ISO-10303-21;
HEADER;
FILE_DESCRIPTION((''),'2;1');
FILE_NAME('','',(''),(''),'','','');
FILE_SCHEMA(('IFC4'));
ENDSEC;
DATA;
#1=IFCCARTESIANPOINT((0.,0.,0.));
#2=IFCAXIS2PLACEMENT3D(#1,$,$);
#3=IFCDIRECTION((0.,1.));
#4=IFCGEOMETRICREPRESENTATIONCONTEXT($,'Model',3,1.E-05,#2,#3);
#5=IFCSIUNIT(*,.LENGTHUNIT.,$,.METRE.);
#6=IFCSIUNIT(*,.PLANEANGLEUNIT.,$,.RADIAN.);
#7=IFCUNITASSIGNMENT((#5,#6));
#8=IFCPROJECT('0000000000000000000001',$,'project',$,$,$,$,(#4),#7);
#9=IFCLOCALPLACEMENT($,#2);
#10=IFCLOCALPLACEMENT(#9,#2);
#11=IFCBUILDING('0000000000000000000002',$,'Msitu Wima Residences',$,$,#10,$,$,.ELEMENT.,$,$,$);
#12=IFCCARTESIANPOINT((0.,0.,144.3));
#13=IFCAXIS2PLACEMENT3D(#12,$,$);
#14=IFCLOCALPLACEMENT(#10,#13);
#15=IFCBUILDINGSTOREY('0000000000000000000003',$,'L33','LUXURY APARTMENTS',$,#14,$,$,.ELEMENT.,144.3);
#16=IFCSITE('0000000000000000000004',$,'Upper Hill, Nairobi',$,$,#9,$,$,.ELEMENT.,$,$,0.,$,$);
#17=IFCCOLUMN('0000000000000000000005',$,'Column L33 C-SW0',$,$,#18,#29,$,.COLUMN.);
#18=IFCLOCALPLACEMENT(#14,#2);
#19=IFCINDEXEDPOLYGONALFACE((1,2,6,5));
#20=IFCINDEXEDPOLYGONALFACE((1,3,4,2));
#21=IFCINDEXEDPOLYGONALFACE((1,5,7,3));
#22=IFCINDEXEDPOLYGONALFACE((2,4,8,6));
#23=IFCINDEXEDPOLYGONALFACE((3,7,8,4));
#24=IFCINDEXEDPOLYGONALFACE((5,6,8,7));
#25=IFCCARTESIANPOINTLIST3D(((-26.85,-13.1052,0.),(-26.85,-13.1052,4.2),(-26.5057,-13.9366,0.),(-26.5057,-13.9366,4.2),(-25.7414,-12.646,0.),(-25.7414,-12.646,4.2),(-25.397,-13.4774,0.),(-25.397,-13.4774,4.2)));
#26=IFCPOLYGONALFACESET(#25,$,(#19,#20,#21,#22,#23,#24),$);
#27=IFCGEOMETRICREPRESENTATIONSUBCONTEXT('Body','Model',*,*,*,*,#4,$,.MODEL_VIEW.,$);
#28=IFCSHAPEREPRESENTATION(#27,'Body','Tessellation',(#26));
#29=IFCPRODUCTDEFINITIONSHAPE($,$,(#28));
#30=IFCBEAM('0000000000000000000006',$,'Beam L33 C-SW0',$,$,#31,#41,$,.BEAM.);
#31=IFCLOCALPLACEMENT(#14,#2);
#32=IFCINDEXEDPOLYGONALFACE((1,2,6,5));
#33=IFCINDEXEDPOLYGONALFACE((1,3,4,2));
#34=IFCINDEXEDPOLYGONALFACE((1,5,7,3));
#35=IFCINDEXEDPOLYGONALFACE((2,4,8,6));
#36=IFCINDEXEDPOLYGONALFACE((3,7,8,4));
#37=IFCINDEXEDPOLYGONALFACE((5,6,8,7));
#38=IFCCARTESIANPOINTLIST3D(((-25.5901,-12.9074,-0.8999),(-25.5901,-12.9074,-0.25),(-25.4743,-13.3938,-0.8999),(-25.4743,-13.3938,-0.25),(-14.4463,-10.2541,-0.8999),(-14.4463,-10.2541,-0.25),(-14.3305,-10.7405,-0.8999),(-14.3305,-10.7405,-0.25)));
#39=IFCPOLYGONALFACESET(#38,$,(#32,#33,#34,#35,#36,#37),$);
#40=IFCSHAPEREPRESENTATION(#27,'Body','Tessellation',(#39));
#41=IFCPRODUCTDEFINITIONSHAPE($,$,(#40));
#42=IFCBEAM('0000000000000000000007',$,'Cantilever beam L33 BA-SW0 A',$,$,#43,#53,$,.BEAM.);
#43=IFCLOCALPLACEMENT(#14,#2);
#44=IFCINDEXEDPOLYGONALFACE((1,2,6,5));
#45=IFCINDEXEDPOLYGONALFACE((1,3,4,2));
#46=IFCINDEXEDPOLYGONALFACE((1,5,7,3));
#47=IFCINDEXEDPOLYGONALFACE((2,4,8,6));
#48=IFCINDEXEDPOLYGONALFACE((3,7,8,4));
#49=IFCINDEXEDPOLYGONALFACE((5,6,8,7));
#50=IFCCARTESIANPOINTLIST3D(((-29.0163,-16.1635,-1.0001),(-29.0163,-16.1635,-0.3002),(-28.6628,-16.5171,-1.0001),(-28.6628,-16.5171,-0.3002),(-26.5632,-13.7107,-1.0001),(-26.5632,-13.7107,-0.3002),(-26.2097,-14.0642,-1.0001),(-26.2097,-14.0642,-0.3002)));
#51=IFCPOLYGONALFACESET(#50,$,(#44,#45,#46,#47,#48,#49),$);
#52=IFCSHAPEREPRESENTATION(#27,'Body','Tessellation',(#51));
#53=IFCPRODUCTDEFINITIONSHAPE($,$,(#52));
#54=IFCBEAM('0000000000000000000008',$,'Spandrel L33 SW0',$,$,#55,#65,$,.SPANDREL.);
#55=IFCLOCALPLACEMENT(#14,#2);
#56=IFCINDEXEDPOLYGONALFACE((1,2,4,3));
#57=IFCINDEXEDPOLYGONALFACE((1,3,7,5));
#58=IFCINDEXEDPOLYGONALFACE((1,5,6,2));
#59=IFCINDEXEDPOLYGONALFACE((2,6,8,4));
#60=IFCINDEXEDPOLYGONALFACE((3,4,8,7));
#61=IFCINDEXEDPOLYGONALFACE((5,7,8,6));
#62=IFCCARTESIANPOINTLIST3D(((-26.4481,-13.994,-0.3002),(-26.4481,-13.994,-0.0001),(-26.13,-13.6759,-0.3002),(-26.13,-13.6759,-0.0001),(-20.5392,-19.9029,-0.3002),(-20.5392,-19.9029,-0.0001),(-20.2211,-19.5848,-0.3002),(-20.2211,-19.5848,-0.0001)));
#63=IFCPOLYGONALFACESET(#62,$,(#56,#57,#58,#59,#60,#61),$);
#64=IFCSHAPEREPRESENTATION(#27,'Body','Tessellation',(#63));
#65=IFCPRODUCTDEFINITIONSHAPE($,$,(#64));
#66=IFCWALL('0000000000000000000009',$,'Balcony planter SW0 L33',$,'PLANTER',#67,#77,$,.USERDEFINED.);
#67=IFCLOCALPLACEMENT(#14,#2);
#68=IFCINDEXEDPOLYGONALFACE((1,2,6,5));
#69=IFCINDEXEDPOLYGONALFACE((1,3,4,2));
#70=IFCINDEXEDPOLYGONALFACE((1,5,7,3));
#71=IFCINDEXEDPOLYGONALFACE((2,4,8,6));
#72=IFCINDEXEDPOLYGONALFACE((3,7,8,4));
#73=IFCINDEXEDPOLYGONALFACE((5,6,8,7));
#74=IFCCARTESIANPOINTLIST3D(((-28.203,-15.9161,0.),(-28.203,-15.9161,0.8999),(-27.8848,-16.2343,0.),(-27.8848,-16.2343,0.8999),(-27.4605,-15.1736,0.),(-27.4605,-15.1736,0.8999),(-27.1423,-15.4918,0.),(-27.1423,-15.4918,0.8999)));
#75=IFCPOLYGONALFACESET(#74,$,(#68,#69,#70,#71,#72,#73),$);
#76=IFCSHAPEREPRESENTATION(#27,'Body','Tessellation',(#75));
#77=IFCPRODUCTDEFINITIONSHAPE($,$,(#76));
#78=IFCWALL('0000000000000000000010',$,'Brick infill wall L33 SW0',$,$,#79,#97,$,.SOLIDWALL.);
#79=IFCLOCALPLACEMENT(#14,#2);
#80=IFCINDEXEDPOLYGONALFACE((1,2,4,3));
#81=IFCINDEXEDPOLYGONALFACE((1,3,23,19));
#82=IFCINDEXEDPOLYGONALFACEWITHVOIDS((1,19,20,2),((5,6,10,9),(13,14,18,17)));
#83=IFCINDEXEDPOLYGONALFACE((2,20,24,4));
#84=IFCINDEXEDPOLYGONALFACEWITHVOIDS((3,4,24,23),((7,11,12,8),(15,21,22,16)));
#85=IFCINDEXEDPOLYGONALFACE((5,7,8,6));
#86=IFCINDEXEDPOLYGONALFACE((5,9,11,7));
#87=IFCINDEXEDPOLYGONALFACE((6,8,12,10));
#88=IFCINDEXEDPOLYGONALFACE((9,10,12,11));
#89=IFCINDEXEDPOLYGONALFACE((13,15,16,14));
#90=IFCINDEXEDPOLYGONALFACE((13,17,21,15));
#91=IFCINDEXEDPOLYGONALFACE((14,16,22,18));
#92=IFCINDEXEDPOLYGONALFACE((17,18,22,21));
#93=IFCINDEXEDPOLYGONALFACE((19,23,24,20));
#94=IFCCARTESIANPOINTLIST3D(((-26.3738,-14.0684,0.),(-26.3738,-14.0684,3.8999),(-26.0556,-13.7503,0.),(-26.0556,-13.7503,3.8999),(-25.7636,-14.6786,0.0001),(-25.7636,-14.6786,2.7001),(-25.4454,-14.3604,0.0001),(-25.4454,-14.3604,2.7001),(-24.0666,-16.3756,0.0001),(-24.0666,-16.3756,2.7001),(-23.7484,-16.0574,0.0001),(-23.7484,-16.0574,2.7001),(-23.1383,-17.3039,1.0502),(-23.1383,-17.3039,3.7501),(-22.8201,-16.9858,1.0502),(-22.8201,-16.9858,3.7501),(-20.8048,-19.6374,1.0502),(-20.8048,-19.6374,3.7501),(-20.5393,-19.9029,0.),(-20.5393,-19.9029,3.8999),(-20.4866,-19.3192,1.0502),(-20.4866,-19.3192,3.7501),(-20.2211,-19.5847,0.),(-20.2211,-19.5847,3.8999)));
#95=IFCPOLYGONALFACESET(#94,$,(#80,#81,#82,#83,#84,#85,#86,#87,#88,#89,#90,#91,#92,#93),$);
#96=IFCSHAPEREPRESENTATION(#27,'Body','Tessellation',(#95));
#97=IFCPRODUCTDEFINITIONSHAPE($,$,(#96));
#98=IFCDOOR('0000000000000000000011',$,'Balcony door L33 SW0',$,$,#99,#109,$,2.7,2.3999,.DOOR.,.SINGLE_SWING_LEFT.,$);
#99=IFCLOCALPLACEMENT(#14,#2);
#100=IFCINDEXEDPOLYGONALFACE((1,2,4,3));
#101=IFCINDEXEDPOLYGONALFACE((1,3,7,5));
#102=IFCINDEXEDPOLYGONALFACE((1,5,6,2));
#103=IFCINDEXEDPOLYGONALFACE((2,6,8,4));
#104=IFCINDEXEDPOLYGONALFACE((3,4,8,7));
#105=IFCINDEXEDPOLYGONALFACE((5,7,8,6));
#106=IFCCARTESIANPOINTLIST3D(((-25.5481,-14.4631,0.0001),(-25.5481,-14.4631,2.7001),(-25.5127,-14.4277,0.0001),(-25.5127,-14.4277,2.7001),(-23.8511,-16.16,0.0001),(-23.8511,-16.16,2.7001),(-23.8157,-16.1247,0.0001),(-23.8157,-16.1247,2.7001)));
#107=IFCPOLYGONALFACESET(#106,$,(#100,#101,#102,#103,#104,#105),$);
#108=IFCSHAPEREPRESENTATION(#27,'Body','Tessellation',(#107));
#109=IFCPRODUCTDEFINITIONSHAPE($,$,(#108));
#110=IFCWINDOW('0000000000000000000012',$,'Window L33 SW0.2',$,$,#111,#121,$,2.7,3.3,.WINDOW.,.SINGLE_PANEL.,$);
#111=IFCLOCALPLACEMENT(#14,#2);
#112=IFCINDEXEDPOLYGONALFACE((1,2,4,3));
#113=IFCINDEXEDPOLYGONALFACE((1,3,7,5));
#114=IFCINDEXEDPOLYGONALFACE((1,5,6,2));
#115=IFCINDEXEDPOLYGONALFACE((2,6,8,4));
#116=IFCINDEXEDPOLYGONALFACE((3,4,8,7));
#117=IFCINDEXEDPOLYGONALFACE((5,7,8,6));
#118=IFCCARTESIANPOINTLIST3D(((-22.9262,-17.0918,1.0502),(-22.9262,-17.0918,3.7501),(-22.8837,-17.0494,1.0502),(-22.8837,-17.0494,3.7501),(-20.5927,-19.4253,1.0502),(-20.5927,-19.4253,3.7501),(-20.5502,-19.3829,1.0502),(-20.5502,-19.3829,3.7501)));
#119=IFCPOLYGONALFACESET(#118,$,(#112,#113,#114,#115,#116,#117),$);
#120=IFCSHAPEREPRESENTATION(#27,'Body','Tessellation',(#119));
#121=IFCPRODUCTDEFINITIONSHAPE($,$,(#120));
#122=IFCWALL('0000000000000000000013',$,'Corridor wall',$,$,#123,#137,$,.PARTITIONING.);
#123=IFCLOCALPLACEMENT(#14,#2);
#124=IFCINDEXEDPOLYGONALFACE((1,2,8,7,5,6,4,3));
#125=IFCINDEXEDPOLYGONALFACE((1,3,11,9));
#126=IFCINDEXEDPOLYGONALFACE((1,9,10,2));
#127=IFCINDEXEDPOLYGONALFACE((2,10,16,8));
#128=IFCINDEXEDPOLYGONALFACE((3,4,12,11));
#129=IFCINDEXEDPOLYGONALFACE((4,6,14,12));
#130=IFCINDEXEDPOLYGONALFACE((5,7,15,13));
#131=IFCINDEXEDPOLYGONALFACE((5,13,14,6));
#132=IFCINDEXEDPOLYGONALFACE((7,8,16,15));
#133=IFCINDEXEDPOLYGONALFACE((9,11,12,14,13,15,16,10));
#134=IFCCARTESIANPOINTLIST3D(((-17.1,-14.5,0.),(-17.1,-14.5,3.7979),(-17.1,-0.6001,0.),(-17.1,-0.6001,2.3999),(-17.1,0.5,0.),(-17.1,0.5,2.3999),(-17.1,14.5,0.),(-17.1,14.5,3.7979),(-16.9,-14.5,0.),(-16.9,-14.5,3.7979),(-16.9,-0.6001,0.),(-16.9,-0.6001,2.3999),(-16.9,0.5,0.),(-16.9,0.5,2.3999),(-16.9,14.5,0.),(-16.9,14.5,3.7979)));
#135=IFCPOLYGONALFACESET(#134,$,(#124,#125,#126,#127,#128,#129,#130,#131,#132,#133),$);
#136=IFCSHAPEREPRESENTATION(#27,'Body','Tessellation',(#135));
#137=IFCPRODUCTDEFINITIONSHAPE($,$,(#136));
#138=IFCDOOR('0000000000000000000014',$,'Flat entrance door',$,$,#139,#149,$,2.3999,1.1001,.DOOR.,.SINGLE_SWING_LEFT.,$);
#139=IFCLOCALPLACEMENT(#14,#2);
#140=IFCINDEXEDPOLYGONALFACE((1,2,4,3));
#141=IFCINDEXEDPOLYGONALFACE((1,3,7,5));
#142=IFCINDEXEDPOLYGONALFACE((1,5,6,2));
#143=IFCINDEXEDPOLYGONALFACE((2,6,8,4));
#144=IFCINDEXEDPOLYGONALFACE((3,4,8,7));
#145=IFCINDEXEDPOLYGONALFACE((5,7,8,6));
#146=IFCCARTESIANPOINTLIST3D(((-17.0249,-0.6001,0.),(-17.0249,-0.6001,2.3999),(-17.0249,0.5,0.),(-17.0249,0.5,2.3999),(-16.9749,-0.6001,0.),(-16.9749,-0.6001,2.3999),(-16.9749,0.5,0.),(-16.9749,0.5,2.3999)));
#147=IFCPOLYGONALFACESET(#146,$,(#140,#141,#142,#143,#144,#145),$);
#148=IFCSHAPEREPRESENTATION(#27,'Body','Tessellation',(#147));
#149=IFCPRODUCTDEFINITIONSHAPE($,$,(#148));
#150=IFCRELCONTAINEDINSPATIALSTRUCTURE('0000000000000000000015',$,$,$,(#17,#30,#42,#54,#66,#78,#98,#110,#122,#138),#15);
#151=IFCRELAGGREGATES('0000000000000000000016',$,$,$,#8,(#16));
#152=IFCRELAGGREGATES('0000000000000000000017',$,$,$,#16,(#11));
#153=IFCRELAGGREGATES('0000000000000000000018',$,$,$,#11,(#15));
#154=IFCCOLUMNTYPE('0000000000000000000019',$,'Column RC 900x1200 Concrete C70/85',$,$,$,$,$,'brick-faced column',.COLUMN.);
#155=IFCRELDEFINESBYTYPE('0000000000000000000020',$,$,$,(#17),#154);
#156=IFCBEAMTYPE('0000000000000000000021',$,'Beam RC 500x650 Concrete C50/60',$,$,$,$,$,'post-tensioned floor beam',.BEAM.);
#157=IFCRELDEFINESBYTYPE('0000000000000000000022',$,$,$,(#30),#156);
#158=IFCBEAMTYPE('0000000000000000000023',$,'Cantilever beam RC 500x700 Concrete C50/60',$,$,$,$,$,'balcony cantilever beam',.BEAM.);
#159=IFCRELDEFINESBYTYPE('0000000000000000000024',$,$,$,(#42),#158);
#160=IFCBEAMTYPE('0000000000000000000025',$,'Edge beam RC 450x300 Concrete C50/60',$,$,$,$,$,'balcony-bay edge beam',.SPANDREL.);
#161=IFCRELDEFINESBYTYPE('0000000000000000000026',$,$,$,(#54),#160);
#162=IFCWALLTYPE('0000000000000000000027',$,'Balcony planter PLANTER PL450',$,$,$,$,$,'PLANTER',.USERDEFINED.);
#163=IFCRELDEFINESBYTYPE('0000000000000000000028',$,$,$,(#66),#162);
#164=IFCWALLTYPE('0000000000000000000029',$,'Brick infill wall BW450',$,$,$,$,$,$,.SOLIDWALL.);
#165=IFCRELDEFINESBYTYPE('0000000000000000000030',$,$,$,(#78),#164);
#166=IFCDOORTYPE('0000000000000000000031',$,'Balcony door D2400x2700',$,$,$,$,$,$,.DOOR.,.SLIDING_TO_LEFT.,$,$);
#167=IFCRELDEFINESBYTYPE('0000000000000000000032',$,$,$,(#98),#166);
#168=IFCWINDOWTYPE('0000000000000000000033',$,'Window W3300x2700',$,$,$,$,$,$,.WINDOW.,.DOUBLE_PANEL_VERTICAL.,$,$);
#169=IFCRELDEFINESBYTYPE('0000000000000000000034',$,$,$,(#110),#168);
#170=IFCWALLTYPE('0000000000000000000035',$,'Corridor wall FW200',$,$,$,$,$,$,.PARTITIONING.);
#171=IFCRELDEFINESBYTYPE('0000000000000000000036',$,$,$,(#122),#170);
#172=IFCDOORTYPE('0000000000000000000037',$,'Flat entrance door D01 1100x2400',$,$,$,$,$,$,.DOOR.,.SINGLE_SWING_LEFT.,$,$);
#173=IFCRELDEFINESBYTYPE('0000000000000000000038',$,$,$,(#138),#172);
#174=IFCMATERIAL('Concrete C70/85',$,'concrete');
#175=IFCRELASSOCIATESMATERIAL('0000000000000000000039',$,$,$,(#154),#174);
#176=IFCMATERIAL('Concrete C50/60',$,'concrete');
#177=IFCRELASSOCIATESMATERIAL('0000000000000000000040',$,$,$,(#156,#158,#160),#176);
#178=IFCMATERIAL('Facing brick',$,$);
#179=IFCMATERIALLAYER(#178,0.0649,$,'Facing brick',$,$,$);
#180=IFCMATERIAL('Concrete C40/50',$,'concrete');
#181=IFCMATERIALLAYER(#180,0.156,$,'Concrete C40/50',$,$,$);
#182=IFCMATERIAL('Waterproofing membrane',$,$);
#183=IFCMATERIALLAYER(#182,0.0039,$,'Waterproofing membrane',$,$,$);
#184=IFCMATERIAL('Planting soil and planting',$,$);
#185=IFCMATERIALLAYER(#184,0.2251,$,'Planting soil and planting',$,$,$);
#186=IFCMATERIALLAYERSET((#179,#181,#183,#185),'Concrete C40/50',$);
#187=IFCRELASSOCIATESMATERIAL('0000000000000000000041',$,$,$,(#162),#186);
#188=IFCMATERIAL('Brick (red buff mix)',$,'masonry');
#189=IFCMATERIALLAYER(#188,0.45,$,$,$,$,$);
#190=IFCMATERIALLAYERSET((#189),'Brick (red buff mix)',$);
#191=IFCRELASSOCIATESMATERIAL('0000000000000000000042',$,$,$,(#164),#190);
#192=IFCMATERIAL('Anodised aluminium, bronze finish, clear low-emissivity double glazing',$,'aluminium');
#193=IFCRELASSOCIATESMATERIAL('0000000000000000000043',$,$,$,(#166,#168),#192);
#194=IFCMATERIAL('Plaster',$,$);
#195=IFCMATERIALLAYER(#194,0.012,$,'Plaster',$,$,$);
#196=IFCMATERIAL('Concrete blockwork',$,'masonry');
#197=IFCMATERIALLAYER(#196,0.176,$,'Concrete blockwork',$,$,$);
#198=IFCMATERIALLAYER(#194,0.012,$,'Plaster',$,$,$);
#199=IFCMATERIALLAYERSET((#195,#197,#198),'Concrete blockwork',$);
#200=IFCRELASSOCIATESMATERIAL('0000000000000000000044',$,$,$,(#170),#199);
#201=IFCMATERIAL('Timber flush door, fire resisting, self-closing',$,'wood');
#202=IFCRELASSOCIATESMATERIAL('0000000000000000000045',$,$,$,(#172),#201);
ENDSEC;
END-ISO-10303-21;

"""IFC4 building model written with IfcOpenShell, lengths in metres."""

from ifc_helpers import new_model, si_unit, direction, frame, frame_2d, origin, origin_2d, place, context, subcontext, project, spatial, rectangle, extrude, material, layer, layer_set, material_profile, profile_set, type_object, element, fill, save


model = new_model("IFC4")

# Units and contexts
model_context = context("Model", 3, precision=1e-05, world=origin(), true_north=direction((0.0, 1.0)))
body_context = subcontext(model_context, "Body", "Model", "MODEL_VIEW")
ifc_project = project(units=[si_unit("LENGTHUNIT", "METRE"), si_unit("PLANEANGLEUNIT", "RADIAN")], contexts=[model_context])

# Site, building, storey
site_placement = place(None, origin())
site = spatial("IfcSite", under=ifc_project, at=site_placement, Name="Upper Hill, Nairobi", CompositionType="ELEMENT", RefElevation=0.0)
building_placement = place(site_placement, origin())
building = spatial("IfcBuilding", under=site, at=building_placement, Name="Msitu Wima Residences", CompositionType="ELEMENT")
storey_placement = place(building_placement, frame((0.0, 0.0, 144.3)))
storey = spatial("IfcBuildingStorey", under=building, at=storey_placement, Name="L33", Description="LUXURY APARTMENTS", CompositionType="ELEMENT", Elevation=144.3)

# Column
ifc_material_1 = material(Name="Concrete C70/85", Category="concrete")
ifc_material_profile_1 = material_profile(ifc_material_1, rectangle(XDim=0.8999, YDim=1.2, at=origin_2d()), Name="RC 900x1200")
ifc_profile_set_1 = profile_set([ifc_material_profile_1], Name="Concrete C70/85")
column_type = type_object("IfcColumnType", Name="Column RC 900x1200 Concrete C70/85", ElementType="brick-faced column", PredefinedType="COLUMN", material=ifc_profile_set_1)
column_placement = place(storey_placement, frame((-26.1235, -13.2913, 0.0), z_axis=(0.0, 0.0, 1.0), x_axis=(0.382683, -0.92388, 0.0)))
element("IfcColumn", 1, at=column_placement, inside=storey, type_object=column_type, Name="Column L33 C-SW0", PredefinedType="COLUMN", context=body_context, shape_type="SweptSolid", body=[
    extrude(rectangle(XDim=0.8999, YDim=1.2, at=origin_2d()), origin(), (0.0, 0.0, 1.0), 4.2),
])

# Beams
ifc_material_2 = material(Name="Concrete C50/60", Category="concrete")
ifc_material_profile_2 = material_profile(ifc_material_2, rectangle(XDim=0.5, YDim=0.6499, at=origin_2d()), Name="RC 500x650")
ifc_profile_set_2 = profile_set([ifc_material_profile_2], Name="Concrete C50/60")
beam_type_1 = type_object("IfcBeamType", Name="Beam RC 500x650 Concrete C50/60", ElementType="post-tensioned floor beam", PredefinedType="BEAM", material=ifc_profile_set_2)
beam_1_placement = place(storey_placement, frame((-25.5322, -13.1506, -0.575), z_axis=(0.972806, 0.231623, 0.0), x_axis=(-0.231623, 0.972806, 0.0)))
element("IfcBeam", 2, at=beam_1_placement, inside=storey, type_object=beam_type_1, Name="Beam L33 C-SW0", PredefinedType="BEAM", context=body_context, shape_type="SweptSolid", body=[
    extrude(rectangle(XDim=0.5, YDim=0.6499, at=origin_2d()), origin(), (0.0, 0.0, 1.0), 11.4553),
])
ifc_material_profile_3 = material_profile(ifc_material_2, rectangle(XDim=0.5, YDim=0.7, at=origin_2d()), Name="RC 500x700")
ifc_profile_set_3 = profile_set([ifc_material_profile_3], Name="Concrete C50/60")
beam_type_2 = type_object("IfcBeamType", Name="Cantilever beam RC 500x700 Concrete C50/60", ElementType="balcony cantilever beam", PredefinedType="BEAM", material=ifc_profile_set_3)
beam_2_placement = place(storey_placement, frame((-26.3865, -13.8875, -0.6501), z_axis=(-0.707142, -0.707072, 0.0), x_axis=(0.707072, -0.707142, 0.0)))
element("IfcBeam", 3, at=beam_2_placement, inside=storey, type_object=beam_type_2, Name="Cantilever beam L33 BA-SW0 A", PredefinedType="BEAM", context=body_context, shape_type="SweptSolid", body=[
    extrude(rectangle(XDim=0.5, YDim=0.7, at=origin_2d()), origin(), (0.0, 0.0, 1.0), 3.469),
])
ifc_material_profile_4 = material_profile(ifc_material_2, rectangle(XDim=0.45, YDim=0.3, at=origin_2d()), Name="RC 450x300")
ifc_profile_set_4 = profile_set([ifc_material_profile_4], Name="Concrete C50/60")
beam_type_3 = type_object("IfcBeamType", Name="Edge beam RC 450x300 Concrete C50/60", ElementType="balcony-bay edge beam", PredefinedType="SPANDREL", material=ifc_profile_set_4)
beam_3_placement = place(storey_placement, frame((-26.2891, -13.835, -0.1501), z_axis=(0.707107, -0.707107, 0.0), x_axis=(0.707107, 0.707107, 0.0)))
element("IfcBeam", 4, at=beam_3_placement, inside=storey, type_object=beam_type_3, Name="Spandrel L33 SW0", PredefinedType="SPANDREL", context=body_context, shape_type="SweptSolid", body=[
    extrude(rectangle(XDim=0.45, YDim=0.3, at=origin_2d()), origin(), (0.0, 0.0, 1.0), 8.3564),
])

# Wall
ifc_material_3 = material(Name="Facing brick")
ifc_layer_1 = layer(ifc_material_3, 0.0649, Name="Facing brick")
ifc_material_4 = material(Name="Concrete C40/50", Category="concrete")
ifc_layer_2 = layer(ifc_material_4, 0.156, Name="Concrete C40/50")
ifc_material_5 = material(Name="Waterproofing membrane")
ifc_layer_3 = layer(ifc_material_5, 0.0039, Name="Waterproofing membrane")
ifc_material_6 = material(Name="Planting soil and planting")
ifc_layer_4 = layer(ifc_material_6, 0.2251, Name="Planting soil and planting")
ifc_layer_set_1 = layer_set([ifc_layer_1, ifc_layer_2, ifc_layer_3, ifc_layer_4], Name="Concrete C40/50")
wall_type_1 = type_object("IfcWallType", Name="Balcony planter PLANTER PL450", ElementType="PLANTER", PredefinedType="USERDEFINED", material=ifc_layer_set_1)
wall_1_placement = place(storey_placement, frame((-27.3015, -15.3328, 0.0), z_axis=(0.0, 0.0, 1.0), x_axis=(-0.707107, -0.707107, 0.0)))
element("IfcWall", 5, at=wall_1_placement, inside=storey, type_object=wall_type_1, Name="Balcony planter SW0 L33", ObjectType="PLANTER", PredefinedType="USERDEFINED", context=body_context, shape_type="SweptSolid", body=[
    extrude(rectangle(XDim=1.05, YDim=0.45, at=frame_2d((0.5249, 0.0))), origin(), (0.0, 0.0, 1.0), 0.8999),
])

# Wall, openings, door, window
ifc_material_7 = material(Name="Brick (red buff mix)", Category="masonry")
ifc_layer_5 = layer(ifc_material_7, 0.45)
ifc_layer_set_2 = layer_set([ifc_layer_5], Name="Brick (red buff mix)")
wall_type_2 = type_object("IfcWallType", Name="Brick infill wall BW450", PredefinedType="SOLIDWALL", material=ifc_layer_set_2)
wall_2_placement = place(storey_placement, frame((-26.2146, -13.9094, 0.0), z_axis=(0.0, 0.0, 1.0), x_axis=(0.707107, -0.707107, 0.0)))
wall_2 = element("IfcWall", 6, at=wall_2_placement, inside=storey, type_object=wall_type_2, Name="Brick infill wall L33 SW0", PredefinedType="SOLIDWALL", context=body_context, shape_type="SweptSolid", body=[
    extrude(rectangle(XDim=8.2512, YDim=0.45, at=frame_2d((4.1255, 0.0))), origin(), (0.0, 0.0, 1.0), 3.8999),
])
opening_1_placement = place(wall_2_placement, frame((0.8628, 0.0, 0.0)))
opening_1 = element("IfcOpeningElement", 7, at=opening_1_placement, cuts=wall_2, PredefinedType="OPENING", context=body_context, shape_type="SweptSolid", body=[
    extrude(rectangle(XDim=2.3999, YDim=2.7, at=frame_2d((1.2, 1.3501))), frame((0.0, 0.2349, 0.0), z_axis=(0.0, -1.0, 0.0), x_axis=(1.0, 0.0, 0.0)), (0.0, 0.0, 1.0), 0.47),
])
opening_2_placement = place(wall_2_placement, frame((4.5757, 0.0, 1.05)))
opening_2 = element("IfcOpeningElement", 8, at=opening_2_placement, cuts=wall_2, PredefinedType="OPENING", context=body_context, shape_type="SweptSolid", body=[
    extrude(rectangle(XDim=3.3, YDim=2.7, at=frame_2d((1.6499, 1.3501))), frame((0.0, 0.2349, 0.0), z_axis=(0.0, -1.0, 0.0), x_axis=(1.0, 0.0, 0.0)), (0.0, 0.0, 1.0), 0.47),
])
ifc_material_8 = material(Name="Anodised aluminium, bronze finish, clear low-emissivity double glazing", Category="aluminium")
door_type_1 = type_object("IfcDoorType", Name="Balcony door D2400x2700", OperationType="SLIDING_TO_LEFT", PredefinedType="DOOR", material=ifc_material_8)
door_1_placement = place(opening_1_placement, origin())
door_1 = element("IfcDoor", 9, at=door_1_placement, inside=storey, type_object=door_type_1, Name="Balcony door L33 SW0", OperationType="SINGLE_SWING_LEFT", OverallHeight=2.7, OverallWidth=2.3999, PredefinedType="DOOR", context=body_context, shape_type="SweptSolid", body=[
    extrude(rectangle(XDim=2.3999, YDim=2.7, at=frame_2d((1.2, 1.3501))), frame((0.0, 0.1299, 0.0), z_axis=(0.0, -1.0, 0.0), x_axis=(1.0, 0.0, 0.0)), (0.0, 0.0, 1.0), 0.05),
])
fill(opening_1, door_1)
window_type = type_object("IfcWindowType", Name="Window W3300x2700", PartitioningType="DOUBLE_PANEL_VERTICAL", PredefinedType="WINDOW", material=ifc_material_8)
window_placement = place(opening_2_placement, origin())
window = element("IfcWindow", 10, at=window_placement, inside=storey, type_object=window_type, Name="Window L33 SW0.2", OverallHeight=2.7, OverallWidth=3.3, PartitioningType="SINGLE_PANEL", PredefinedType="WINDOW", context=body_context, shape_type="SweptSolid", body=[
    extrude(rectangle(XDim=3.3, YDim=2.7, at=frame_2d((1.6499, 1.3501))), frame((0.0, 0.135, 0.0), z_axis=(0.0, -1.0, 0.0), x_axis=(1.0, 0.0, 0.0)), (0.0, 0.0, 1.0), 0.0601),
])
fill(opening_2, window)

# Wall, opening, door
ifc_material_9 = material(Name="Plaster")
ifc_layer_6 = layer(ifc_material_9, 0.012, Name="Plaster")
ifc_material_10 = material(Name="Concrete blockwork", Category="masonry")
ifc_layer_7 = layer(ifc_material_10, 0.176, Name="Concrete blockwork")
ifc_layer_8 = layer(ifc_material_9, 0.012, Name="Plaster")
ifc_layer_set_3 = layer_set([ifc_layer_6, ifc_layer_7, ifc_layer_8], Name="Concrete blockwork")
wall_type_3 = type_object("IfcWallType", Name="Corridor wall FW200", PredefinedType="PARTITIONING", material=ifc_layer_set_3)
wall_3_placement = place(storey_placement, frame((-17.0, -14.5, 0.0), z_axis=(0.0, 0.0, 1.0), x_axis=(0.0, 1.0, 0.0)))
wall_3 = element("IfcWall", 11, at=wall_3_placement, inside=storey, type_object=wall_type_3, Name="Corridor wall", PredefinedType="PARTITIONING", context=body_context, shape_type="SweptSolid", body=[
    extrude(rectangle(XDim=29.0, YDim=0.2, at=frame_2d((14.5, 0.0))), origin(), (0.0, 0.0, 1.0), 3.7979),
])
opening_3_placement = place(wall_3_placement, frame((13.8999, 0.0, 0.0)))
opening_3 = element("IfcOpeningElement", 12, at=opening_3_placement, cuts=wall_3, PredefinedType="OPENING", context=body_context, shape_type="SweptSolid", body=[
    extrude(rectangle(XDim=1.1001, YDim=2.3999, at=frame_2d((0.55, 1.2))), frame((0.0, 0.1099, 0.0), z_axis=(0.0, -1.0, 0.0), x_axis=(1.0, 0.0, 0.0)), (0.0, 0.0, 1.0), 0.22),
])
ifc_material_11 = material(Name="Timber flush door, fire resisting, self-closing", Category="wood")
door_type_2 = type_object("IfcDoorType", Name="Flat entrance door D01 1100x2400", OperationType="SINGLE_SWING_LEFT", PredefinedType="DOOR", material=ifc_material_11)
door_2_placement = place(opening_3_placement, origin())
door_2 = element("IfcDoor", 13, at=door_2_placement, inside=storey, type_object=door_type_2, Name="Flat entrance door", OperationType="SINGLE_SWING_LEFT", OverallHeight=2.3999, OverallWidth=1.1001, PredefinedType="DOOR", context=body_context, shape_type="SweptSolid", body=[
    extrude(rectangle(XDim=1.1001, YDim=2.3999, at=frame_2d((0.55, 1.2))), frame((0.0, 0.0249, 0.0), z_axis=(0.0, -1.0, 0.0), x_axis=(1.0, 0.0, 0.0)), (0.0, 0.0, 1.0), 0.05),
])
fill(opening_3, door_2)

save(model, "model.ifc")
